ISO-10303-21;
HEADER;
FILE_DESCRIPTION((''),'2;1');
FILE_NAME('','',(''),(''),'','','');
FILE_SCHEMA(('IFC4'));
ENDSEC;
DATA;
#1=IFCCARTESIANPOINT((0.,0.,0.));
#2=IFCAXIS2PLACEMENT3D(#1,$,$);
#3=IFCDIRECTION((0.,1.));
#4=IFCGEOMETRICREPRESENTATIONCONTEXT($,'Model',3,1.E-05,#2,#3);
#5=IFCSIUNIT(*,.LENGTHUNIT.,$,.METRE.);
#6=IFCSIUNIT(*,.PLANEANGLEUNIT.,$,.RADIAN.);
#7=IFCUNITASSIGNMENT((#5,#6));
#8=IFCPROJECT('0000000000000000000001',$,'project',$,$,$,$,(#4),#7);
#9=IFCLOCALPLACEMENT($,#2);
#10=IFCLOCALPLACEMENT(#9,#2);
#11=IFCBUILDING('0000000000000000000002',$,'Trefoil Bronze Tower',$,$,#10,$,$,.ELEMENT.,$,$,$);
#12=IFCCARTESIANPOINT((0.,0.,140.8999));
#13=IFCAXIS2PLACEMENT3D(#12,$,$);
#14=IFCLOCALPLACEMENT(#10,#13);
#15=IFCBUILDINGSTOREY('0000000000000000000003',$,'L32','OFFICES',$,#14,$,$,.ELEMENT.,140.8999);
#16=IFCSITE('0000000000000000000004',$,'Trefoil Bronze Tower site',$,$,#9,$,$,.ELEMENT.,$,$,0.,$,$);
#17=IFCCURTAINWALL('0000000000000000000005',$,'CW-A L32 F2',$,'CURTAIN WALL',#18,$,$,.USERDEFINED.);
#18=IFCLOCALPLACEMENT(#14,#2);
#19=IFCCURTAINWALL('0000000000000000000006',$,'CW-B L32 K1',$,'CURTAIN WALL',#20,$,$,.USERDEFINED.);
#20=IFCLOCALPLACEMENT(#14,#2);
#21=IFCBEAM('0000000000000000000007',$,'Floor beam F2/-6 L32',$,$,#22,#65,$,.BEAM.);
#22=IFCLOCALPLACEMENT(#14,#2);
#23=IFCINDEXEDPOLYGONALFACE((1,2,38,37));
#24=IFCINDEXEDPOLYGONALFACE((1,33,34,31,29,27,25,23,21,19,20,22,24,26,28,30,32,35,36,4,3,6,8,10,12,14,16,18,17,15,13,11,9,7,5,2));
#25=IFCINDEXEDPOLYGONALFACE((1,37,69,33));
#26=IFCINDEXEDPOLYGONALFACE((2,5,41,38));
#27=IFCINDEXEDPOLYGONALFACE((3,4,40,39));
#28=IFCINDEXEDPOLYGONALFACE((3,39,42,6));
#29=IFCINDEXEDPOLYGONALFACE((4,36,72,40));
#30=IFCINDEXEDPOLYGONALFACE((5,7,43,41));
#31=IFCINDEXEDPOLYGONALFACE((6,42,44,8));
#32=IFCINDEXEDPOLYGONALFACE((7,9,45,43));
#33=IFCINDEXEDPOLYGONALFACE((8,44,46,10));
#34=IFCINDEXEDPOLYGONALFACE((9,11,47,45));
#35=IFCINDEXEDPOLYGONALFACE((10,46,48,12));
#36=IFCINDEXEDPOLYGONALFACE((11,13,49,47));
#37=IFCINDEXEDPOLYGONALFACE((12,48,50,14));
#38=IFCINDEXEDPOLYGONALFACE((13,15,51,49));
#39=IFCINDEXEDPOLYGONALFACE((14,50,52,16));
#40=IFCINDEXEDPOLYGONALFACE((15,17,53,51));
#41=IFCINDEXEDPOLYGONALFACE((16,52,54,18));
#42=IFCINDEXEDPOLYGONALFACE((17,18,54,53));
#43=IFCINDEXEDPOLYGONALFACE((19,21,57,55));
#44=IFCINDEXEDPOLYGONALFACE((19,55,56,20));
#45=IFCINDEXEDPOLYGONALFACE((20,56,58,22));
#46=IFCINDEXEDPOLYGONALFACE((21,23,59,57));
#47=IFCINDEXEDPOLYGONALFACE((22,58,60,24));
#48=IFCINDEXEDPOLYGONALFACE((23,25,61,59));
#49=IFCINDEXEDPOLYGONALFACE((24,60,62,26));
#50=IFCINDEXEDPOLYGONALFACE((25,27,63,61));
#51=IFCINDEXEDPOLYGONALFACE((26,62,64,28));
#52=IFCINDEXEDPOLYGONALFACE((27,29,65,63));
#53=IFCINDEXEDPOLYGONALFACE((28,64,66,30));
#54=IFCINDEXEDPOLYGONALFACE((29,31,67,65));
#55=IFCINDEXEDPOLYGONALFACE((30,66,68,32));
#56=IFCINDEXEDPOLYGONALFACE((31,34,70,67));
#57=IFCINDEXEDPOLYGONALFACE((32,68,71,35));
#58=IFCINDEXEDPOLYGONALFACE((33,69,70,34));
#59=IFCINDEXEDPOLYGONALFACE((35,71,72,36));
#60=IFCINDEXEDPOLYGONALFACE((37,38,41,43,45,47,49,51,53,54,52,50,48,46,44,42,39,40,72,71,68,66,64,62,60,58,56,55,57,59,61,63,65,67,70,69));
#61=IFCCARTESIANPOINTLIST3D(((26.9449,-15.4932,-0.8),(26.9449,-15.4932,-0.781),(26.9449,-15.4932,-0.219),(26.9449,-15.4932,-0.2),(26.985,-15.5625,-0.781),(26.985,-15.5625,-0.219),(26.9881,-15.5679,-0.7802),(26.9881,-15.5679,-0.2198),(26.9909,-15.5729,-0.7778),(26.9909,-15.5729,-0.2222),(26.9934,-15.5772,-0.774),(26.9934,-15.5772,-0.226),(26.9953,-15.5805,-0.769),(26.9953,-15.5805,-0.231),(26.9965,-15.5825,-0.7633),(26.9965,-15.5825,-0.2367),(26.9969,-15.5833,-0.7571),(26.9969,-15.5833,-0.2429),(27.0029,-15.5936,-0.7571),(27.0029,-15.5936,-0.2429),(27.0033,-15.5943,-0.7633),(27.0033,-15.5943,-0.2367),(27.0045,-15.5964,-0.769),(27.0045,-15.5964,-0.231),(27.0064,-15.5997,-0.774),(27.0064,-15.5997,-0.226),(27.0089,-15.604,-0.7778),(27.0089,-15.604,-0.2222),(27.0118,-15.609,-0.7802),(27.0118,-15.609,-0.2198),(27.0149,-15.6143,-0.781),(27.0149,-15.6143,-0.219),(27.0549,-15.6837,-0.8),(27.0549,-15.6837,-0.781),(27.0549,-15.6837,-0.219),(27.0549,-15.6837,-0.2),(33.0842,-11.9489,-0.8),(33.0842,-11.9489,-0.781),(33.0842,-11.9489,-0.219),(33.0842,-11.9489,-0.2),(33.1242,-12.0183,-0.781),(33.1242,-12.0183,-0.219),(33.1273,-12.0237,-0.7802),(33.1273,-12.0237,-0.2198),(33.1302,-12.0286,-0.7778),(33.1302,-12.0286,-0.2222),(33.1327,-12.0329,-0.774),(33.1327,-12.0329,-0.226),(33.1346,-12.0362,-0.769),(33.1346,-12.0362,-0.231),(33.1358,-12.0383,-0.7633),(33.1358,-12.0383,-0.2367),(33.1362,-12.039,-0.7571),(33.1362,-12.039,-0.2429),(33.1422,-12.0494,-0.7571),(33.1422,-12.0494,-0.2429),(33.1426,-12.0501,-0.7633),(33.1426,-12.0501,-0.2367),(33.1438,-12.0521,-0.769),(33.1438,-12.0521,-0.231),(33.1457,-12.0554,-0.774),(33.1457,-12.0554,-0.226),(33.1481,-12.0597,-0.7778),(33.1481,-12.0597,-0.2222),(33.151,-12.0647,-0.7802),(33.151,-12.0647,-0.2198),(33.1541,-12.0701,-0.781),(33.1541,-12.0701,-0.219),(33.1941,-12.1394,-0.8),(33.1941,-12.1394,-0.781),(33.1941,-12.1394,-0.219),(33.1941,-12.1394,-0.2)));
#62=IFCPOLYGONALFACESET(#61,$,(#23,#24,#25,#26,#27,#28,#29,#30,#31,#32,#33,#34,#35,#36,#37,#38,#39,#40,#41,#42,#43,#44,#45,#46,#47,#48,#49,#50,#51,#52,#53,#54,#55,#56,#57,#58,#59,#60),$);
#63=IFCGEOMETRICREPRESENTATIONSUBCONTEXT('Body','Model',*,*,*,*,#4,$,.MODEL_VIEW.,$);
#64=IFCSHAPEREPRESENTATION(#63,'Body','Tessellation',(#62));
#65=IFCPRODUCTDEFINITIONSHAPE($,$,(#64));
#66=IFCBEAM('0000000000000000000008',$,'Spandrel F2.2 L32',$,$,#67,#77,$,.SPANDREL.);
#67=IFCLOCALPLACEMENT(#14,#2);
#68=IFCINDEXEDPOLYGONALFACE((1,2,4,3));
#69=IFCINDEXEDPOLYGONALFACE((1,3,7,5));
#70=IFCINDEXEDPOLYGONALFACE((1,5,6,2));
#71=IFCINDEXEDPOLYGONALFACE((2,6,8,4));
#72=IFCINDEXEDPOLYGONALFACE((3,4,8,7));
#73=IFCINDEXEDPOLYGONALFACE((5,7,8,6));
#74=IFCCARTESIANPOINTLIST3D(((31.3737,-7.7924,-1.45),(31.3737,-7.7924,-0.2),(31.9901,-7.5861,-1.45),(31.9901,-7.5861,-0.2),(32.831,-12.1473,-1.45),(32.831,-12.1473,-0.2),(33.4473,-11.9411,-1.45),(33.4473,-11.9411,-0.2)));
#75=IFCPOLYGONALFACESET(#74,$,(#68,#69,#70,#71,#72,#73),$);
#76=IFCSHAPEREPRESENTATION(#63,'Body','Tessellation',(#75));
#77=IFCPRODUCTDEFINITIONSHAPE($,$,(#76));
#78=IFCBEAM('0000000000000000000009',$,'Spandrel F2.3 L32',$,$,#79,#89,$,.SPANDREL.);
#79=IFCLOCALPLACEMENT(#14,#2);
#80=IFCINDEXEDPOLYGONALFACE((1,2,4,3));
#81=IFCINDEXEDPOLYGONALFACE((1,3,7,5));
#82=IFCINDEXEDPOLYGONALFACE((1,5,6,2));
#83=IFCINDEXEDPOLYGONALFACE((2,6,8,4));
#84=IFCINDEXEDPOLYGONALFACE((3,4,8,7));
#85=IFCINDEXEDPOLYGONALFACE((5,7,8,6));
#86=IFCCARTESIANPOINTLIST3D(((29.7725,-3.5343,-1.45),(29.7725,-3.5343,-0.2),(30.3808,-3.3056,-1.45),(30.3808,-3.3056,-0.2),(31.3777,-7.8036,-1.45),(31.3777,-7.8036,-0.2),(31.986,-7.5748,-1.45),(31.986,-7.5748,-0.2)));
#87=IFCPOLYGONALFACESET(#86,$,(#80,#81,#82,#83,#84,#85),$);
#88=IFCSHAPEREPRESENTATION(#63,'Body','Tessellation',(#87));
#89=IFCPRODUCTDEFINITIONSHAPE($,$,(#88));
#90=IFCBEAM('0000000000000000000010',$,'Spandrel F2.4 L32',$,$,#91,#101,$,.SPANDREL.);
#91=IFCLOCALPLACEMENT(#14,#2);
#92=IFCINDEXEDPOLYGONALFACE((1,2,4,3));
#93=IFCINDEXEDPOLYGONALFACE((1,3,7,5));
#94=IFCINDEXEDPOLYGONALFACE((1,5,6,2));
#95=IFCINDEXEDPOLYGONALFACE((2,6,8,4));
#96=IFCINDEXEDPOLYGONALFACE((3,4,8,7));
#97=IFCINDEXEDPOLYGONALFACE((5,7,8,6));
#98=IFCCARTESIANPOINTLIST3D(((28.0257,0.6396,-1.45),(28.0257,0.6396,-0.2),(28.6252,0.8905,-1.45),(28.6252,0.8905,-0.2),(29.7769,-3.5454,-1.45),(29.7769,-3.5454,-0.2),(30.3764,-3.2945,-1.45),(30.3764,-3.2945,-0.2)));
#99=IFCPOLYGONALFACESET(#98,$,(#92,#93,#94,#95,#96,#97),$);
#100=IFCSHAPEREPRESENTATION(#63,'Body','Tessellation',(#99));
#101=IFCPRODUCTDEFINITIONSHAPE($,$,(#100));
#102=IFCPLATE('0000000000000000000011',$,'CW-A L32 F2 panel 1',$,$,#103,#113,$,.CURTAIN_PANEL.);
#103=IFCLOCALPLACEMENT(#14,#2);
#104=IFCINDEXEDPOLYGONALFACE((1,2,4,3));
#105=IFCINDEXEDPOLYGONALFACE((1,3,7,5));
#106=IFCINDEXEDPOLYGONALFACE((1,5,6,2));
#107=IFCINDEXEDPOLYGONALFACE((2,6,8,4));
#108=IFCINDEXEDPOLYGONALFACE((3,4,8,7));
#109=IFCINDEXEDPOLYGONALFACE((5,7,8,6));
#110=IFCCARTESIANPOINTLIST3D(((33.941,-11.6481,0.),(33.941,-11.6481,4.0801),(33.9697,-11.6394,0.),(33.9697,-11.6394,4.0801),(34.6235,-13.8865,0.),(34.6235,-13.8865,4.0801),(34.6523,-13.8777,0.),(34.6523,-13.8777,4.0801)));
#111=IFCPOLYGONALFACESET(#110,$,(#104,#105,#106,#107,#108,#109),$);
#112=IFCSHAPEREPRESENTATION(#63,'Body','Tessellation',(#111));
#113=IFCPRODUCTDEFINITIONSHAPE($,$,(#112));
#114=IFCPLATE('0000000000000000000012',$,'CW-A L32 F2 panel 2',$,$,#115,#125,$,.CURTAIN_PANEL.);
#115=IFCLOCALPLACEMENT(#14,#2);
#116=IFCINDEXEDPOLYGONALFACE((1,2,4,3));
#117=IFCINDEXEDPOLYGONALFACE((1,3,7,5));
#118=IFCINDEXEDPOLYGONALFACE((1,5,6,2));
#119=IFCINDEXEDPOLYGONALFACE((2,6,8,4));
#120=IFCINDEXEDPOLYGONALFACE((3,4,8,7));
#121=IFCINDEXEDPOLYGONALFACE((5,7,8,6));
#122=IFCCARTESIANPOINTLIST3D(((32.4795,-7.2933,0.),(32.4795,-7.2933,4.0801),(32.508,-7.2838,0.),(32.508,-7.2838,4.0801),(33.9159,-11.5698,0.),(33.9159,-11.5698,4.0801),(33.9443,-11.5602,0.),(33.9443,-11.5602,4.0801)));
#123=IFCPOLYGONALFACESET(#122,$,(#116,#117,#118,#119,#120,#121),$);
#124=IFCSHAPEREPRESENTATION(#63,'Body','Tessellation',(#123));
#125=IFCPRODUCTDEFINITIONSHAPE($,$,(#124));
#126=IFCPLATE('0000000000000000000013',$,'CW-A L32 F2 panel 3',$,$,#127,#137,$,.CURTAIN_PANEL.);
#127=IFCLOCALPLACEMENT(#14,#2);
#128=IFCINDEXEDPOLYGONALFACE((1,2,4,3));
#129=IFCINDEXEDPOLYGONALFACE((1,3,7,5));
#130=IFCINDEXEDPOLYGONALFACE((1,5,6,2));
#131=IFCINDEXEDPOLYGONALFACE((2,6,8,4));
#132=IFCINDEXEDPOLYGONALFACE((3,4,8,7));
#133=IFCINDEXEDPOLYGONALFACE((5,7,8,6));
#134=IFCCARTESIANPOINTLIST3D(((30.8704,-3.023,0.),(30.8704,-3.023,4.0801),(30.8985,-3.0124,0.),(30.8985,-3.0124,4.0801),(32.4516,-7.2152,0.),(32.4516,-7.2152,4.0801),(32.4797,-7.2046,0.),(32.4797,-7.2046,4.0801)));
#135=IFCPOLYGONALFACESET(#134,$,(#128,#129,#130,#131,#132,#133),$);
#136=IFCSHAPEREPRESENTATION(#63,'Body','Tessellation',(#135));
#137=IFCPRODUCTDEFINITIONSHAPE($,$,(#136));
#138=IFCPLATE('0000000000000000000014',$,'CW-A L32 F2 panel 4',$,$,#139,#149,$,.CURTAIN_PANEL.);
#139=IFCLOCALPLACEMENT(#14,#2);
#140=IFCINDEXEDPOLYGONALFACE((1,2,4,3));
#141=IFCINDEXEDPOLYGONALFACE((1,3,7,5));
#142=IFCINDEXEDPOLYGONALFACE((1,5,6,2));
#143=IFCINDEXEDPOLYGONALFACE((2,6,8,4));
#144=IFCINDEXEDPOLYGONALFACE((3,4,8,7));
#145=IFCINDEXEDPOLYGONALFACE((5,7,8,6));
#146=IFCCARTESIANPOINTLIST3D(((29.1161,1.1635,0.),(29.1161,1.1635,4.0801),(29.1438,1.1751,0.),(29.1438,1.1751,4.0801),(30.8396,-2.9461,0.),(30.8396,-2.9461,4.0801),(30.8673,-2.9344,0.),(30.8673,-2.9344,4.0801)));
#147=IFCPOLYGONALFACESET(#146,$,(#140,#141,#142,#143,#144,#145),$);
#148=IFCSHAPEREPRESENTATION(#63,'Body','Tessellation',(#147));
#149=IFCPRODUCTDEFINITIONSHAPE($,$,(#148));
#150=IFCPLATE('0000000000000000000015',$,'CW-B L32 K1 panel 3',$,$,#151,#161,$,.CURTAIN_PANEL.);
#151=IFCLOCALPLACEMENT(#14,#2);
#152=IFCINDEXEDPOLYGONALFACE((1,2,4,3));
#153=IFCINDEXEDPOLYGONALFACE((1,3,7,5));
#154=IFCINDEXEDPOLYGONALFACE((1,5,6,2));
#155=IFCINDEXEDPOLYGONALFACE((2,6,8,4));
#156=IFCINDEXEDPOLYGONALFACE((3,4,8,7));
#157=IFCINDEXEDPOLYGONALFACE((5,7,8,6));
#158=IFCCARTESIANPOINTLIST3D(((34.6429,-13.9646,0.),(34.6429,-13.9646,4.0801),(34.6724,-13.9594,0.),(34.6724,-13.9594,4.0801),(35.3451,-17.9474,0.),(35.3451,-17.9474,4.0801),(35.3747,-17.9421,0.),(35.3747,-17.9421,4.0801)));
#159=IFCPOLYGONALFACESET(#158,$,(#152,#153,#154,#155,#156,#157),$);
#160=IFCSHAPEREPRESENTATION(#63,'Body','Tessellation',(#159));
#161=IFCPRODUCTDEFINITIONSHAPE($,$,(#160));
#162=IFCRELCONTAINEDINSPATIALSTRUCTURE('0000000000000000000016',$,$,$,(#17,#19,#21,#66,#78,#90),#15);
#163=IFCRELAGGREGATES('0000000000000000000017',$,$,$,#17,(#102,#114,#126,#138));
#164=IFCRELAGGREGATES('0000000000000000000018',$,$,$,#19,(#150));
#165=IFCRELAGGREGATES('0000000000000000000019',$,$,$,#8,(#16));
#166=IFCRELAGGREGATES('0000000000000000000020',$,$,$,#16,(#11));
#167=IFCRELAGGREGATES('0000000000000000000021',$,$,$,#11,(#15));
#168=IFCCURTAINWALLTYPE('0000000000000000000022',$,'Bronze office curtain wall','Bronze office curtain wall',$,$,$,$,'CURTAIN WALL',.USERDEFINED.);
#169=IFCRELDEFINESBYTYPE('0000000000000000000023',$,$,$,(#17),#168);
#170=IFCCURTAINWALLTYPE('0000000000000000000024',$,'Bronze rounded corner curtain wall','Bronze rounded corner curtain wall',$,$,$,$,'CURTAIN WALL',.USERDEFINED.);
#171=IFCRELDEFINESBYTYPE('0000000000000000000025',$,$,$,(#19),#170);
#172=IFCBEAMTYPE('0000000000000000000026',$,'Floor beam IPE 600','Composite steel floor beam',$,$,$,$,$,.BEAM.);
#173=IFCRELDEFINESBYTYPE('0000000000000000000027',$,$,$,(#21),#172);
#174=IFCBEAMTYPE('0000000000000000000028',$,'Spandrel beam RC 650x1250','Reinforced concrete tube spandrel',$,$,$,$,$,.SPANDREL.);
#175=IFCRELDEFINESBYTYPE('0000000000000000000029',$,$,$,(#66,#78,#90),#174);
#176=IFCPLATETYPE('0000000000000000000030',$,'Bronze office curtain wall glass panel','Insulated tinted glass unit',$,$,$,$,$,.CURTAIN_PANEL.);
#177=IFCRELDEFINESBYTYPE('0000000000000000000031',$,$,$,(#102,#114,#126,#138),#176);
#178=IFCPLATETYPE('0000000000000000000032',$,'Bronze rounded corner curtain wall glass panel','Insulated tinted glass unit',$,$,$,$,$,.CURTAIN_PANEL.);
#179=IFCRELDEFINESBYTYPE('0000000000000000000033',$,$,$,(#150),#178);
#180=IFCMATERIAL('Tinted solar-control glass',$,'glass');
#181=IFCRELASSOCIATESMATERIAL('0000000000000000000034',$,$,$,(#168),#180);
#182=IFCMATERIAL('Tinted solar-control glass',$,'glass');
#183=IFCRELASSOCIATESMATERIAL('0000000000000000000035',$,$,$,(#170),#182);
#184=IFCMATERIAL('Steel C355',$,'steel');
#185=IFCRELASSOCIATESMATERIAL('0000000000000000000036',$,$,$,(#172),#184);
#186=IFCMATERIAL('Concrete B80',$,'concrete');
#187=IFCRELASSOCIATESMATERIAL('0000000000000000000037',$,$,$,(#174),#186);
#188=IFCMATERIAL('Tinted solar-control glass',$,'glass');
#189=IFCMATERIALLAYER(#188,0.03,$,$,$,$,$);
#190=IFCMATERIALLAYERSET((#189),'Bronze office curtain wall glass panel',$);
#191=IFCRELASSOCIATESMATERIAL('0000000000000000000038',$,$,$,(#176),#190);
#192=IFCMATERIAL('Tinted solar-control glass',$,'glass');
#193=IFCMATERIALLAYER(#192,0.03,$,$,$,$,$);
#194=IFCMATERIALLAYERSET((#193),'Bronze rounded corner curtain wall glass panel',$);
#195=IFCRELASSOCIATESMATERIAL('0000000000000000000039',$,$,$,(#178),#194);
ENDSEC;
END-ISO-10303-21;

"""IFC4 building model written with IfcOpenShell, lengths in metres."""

from ifc_helpers import new_model, si_unit, direction, frame, origin, origin_2d, place, context, subcontext, project, spatial, rectangle, i_section, extrude, material, layer, layer_set, material_profile, profile_set, type_object, element, aggregate, save


model = new_model("IFC4")

# Units and contexts
model_context = context("Model", 3, precision=1e-05, world=origin(), true_north=direction((0.0, 1.0)))
body_context = subcontext(model_context, "Body", "Model", "MODEL_VIEW")
ifc_project = project(units=[si_unit("LENGTHUNIT", "METRE"), si_unit("PLANEANGLEUNIT", "RADIAN")], contexts=[model_context])

# Site, building, storey
site_placement = place(None, origin())
site = spatial("IfcSite", under=ifc_project, at=site_placement, Name="Trefoil Bronze Tower site", CompositionType="ELEMENT", RefElevation=0.0)
building_placement = place(site_placement, origin())
building = spatial("IfcBuilding", under=site, at=building_placement, Name="Trefoil Bronze Tower", CompositionType="ELEMENT")
storey_placement = place(building_placement, frame((0.0, 0.0, 140.8999)))
storey = spatial("IfcBuildingStorey", under=building, at=storey_placement, Name="L32", Description="OFFICES", CompositionType="ELEMENT", Elevation=140.8999)

# Curtain wall
ifc_material_1 = material(Name="Tinted solar-control glass", Category="glass")
curtain_wall_type_1 = type_object("IfcCurtainWallType", Name="Bronze office curtain wall", Description="Bronze office curtain wall", ElementType="CURTAIN WALL", PredefinedType="USERDEFINED", material=ifc_material_1)
curtain_wall_1_placement = place(storey_placement, origin())
curtain_wall_1 = element("IfcCurtainWall", 1, at=curtain_wall_1_placement, inside=storey, type_object=curtain_wall_type_1, Name="CW-A L32 F2", ObjectType="CURTAIN WALL", PredefinedType="USERDEFINED")

# Curtain wall
ifc_material_2 = material(Name="Tinted solar-control glass", Category="glass")
curtain_wall_type_2 = type_object("IfcCurtainWallType", Name="Bronze rounded corner curtain wall", Description="Bronze rounded corner curtain wall", ElementType="CURTAIN WALL", PredefinedType="USERDEFINED", material=ifc_material_2)
curtain_wall_2_placement = place(storey_placement, origin())
curtain_wall_2 = element("IfcCurtainWall", 2, at=curtain_wall_2_placement, inside=storey, type_object=curtain_wall_type_2, Name="CW-B L32 K1", ObjectType="CURTAIN WALL", PredefinedType="USERDEFINED")

# Beams
ifc_material_3 = material(Name="Steel C355", Category="steel")
ifc_material_profile_1 = material_profile(ifc_material_3, i_section(OverallWidth=0.22, OverallDepth=0.6001, WebThickness=0.012, FlangeThickness=0.019, FilletRadius=0.0239, at=origin_2d()), Name="IPE 600")
ifc_profile_set_1 = profile_set([ifc_material_profile_1], Name="Steel C355")
beam_type_1 = type_object("IfcBeamType", Name="Floor beam IPE 600", Description="Composite steel floor beam", PredefinedType="BEAM", material=ifc_profile_set_1)
beam_1_placement = place(storey_placement, frame((33.1392, -12.0442, -0.5), z_axis=(-0.866041, -0.499973, 0.0), x_axis=(0.499973, -0.866041, 0.0)))
element("IfcBeam", 3, at=beam_1_placement, inside=storey, type_object=beam_type_1, Name="Floor beam F2/-6 L32", PredefinedType="BEAM", context=body_context, shape_type="SweptSolid", body=[
    extrude(i_section(OverallWidth=0.22, OverallDepth=0.6001, WebThickness=0.012, FlangeThickness=0.019, FilletRadius=0.0239, at=origin_2d()), origin(), (0.0, 0.0, 1.0), 7.0889),
])
ifc_material_4 = material(Name="Concrete B80", Category="concrete")
ifc_material_profile_2 = material_profile(ifc_material_4, rectangle(XDim=0.6499, YDim=1.25, at=origin_2d()), Name="RC 650x1250")
ifc_profile_set_2 = profile_set([ifc_material_profile_2], Name="Concrete B80")
beam_type_2 = type_object("IfcBeamType", Name="Spandrel beam RC 650x1250", Description="Reinforced concrete tube spandrel", PredefinedType="SPANDREL", material=ifc_profile_set_2)
beam_2_placement = place(storey_placement, frame((33.1392, -12.0442, -0.825), z_axis=(-0.317328, 0.948316, 0.0), x_axis=(-0.948316, -0.317328, 0.0)))
element("IfcBeam", 4, at=beam_2_placement, inside=storey, type_object=beam_type_2, Name="Spandrel F2.2 L32", PredefinedType="SPANDREL", context=body_context, shape_type="SweptSolid", body=[
    extrude(rectangle(XDim=0.6499, YDim=1.25, at=origin_2d()), origin(), (0.0, 0.0, 1.0), 4.5923),
])
beam_3_placement = place(storey_placement, frame((31.6819, -7.6892, -0.825), z_axis=(-0.351939, 0.936023, 0.0), x_axis=(-0.936023, -0.351939, 0.0)))
element("IfcBeam", 5, at=beam_3_placement, inside=storey, type_object=beam_type_2, Name="Spandrel F2.3 L32", PredefinedType="SPANDREL", context=body_context, shape_type="SweptSolid", body=[
    extrude(rectangle(XDim=0.6499, YDim=1.25, at=origin_2d()), origin(), (0.0, 0.0, 1.0), 4.561),
])
beam_4_placement = place(storey_placement, frame((30.0767, -3.4199, -0.825), z_axis=(-0.386013, 0.922493, 0.0), x_axis=(-0.922493, -0.386013, 0.0)))
element("IfcBeam", 6, at=beam_4_placement, inside=storey, type_object=beam_type_2, Name="Spandrel F2.4 L32", PredefinedType="SPANDREL", context=body_context, shape_type="SweptSolid", body=[
    extrude(rectangle(XDim=0.6499, YDim=1.25, at=origin_2d()), origin(), (0.0, 0.0, 1.0), 4.5366),
])

# Plates
ifc_material_5 = material(Name="Tinted solar-control glass", Category="glass")
ifc_layer_1 = layer(ifc_material_5, 0.03)
ifc_layer_set_1 = layer_set([ifc_layer_1], Name="Bronze office curtain wall glass panel")
plate_type_1 = type_object("IfcPlateType", Name="Bronze office curtain wall glass panel", Description="Insulated tinted glass unit", PredefinedType="CURTAIN_PANEL", material=ifc_layer_set_1)
plate_1_placement = place(storey_placement, frame((34.2966, -12.7629, 0.0), z_axis=(0.0, 0.0, 1.0), x_axis=(-0.291669, 0.956519, 0.0)))
plate_1 = element("IfcPlate", 7, at=plate_1_placement, type_object=plate_type_1, Name="CW-A L32 F2 panel 1", PredefinedType="CURTAIN_PANEL", context=body_context, shape_type="SweptSolid", body=[
    extrude(rectangle(XDim=2.3401, YDim=0.03, at=origin_2d()), origin(), (0.0, 0.0, 1.0), 4.0801),
])
plate_2_placement = place(storey_placement, frame((33.2119, -9.4268, 0.0), z_axis=(0.0, 0.0, 1.0), x_axis=(-0.318404, 0.947955, 0.0)))
plate_2 = element("IfcPlate", 8, at=plate_2_placement, type_object=plate_type_1, Name="CW-A L32 F2 panel 2", PredefinedType="CURTAIN_PANEL", context=body_context, shape_type="SweptSolid", body=[
    extrude(rectangle(XDim=4.5112, YDim=0.03, at=origin_2d()), origin(), (0.0, 0.0, 1.0), 4.0801),
])
plate_3_placement = place(storey_placement, frame((31.675, -5.1138, 0.0), z_axis=(0.0, 0.0, 1.0), x_axis=(-0.35292, 0.935654, 0.0)))
plate_3 = element("IfcPlate", 9, at=plate_3_placement, type_object=plate_type_1, Name="CW-A L32 F2 panel 3", PredefinedType="CURTAIN_PANEL", context=body_context, shape_type="SweptSolid", body=[
    extrude(rectangle(XDim=4.4805, YDim=0.03, at=origin_2d()), origin(), (0.0, 0.0, 1.0), 4.0801),
])
plate_4_placement = place(storey_placement, frame((29.9917, -0.8855, 0.0), z_axis=(0.0, 0.0, 1.0), x_axis=(-0.386759, 0.922181, 0.0)))
plate_4 = element("IfcPlate", 10, at=plate_4_placement, type_object=plate_type_1, Name="CW-A L32 F2 panel 4", PredefinedType="CURTAIN_PANEL", context=body_context, shape_type="SweptSolid", body=[
    extrude(rectangle(XDim=4.4563, YDim=0.03, at=origin_2d()), origin(), (0.0, 0.0, 1.0), 4.0801),
])
aggregate(curtain_wall_1, [plate_1, plate_2, plate_3, plate_4])
ifc_material_6 = material(Name="Tinted solar-control glass", Category="glass")
ifc_layer_2 = layer(ifc_material_6, 0.03)
ifc_layer_set_2 = layer_set([ifc_layer_2], Name="Bronze rounded corner curtain wall glass panel")
plate_type_2 = type_object("IfcPlateType", Name="Bronze rounded corner curtain wall glass panel", Description="Insulated tinted glass unit", PredefinedType="CURTAIN_PANEL", material=ifc_layer_set_2)
plate_5_placement = place(storey_placement, frame((35.0088, -15.9534, 0.0), z_axis=(0.0, 0.0, 1.0), x_axis=(-0.173648, 0.984808, 0.0)))
plate_5 = element("IfcPlate", 11, at=plate_5_placement, type_object=plate_type_2, Name="CW-B L32 K1 panel 3", PredefinedType="CURTAIN_PANEL", context=body_context, shape_type="SweptSolid", body=[
    extrude(rectangle(XDim=4.0442, YDim=0.03, at=origin_2d()), origin(), (0.0, 0.0, 1.0), 4.0801),
])
aggregate(curtain_wall_2, [plate_5])

save(model, "model.ifc")
